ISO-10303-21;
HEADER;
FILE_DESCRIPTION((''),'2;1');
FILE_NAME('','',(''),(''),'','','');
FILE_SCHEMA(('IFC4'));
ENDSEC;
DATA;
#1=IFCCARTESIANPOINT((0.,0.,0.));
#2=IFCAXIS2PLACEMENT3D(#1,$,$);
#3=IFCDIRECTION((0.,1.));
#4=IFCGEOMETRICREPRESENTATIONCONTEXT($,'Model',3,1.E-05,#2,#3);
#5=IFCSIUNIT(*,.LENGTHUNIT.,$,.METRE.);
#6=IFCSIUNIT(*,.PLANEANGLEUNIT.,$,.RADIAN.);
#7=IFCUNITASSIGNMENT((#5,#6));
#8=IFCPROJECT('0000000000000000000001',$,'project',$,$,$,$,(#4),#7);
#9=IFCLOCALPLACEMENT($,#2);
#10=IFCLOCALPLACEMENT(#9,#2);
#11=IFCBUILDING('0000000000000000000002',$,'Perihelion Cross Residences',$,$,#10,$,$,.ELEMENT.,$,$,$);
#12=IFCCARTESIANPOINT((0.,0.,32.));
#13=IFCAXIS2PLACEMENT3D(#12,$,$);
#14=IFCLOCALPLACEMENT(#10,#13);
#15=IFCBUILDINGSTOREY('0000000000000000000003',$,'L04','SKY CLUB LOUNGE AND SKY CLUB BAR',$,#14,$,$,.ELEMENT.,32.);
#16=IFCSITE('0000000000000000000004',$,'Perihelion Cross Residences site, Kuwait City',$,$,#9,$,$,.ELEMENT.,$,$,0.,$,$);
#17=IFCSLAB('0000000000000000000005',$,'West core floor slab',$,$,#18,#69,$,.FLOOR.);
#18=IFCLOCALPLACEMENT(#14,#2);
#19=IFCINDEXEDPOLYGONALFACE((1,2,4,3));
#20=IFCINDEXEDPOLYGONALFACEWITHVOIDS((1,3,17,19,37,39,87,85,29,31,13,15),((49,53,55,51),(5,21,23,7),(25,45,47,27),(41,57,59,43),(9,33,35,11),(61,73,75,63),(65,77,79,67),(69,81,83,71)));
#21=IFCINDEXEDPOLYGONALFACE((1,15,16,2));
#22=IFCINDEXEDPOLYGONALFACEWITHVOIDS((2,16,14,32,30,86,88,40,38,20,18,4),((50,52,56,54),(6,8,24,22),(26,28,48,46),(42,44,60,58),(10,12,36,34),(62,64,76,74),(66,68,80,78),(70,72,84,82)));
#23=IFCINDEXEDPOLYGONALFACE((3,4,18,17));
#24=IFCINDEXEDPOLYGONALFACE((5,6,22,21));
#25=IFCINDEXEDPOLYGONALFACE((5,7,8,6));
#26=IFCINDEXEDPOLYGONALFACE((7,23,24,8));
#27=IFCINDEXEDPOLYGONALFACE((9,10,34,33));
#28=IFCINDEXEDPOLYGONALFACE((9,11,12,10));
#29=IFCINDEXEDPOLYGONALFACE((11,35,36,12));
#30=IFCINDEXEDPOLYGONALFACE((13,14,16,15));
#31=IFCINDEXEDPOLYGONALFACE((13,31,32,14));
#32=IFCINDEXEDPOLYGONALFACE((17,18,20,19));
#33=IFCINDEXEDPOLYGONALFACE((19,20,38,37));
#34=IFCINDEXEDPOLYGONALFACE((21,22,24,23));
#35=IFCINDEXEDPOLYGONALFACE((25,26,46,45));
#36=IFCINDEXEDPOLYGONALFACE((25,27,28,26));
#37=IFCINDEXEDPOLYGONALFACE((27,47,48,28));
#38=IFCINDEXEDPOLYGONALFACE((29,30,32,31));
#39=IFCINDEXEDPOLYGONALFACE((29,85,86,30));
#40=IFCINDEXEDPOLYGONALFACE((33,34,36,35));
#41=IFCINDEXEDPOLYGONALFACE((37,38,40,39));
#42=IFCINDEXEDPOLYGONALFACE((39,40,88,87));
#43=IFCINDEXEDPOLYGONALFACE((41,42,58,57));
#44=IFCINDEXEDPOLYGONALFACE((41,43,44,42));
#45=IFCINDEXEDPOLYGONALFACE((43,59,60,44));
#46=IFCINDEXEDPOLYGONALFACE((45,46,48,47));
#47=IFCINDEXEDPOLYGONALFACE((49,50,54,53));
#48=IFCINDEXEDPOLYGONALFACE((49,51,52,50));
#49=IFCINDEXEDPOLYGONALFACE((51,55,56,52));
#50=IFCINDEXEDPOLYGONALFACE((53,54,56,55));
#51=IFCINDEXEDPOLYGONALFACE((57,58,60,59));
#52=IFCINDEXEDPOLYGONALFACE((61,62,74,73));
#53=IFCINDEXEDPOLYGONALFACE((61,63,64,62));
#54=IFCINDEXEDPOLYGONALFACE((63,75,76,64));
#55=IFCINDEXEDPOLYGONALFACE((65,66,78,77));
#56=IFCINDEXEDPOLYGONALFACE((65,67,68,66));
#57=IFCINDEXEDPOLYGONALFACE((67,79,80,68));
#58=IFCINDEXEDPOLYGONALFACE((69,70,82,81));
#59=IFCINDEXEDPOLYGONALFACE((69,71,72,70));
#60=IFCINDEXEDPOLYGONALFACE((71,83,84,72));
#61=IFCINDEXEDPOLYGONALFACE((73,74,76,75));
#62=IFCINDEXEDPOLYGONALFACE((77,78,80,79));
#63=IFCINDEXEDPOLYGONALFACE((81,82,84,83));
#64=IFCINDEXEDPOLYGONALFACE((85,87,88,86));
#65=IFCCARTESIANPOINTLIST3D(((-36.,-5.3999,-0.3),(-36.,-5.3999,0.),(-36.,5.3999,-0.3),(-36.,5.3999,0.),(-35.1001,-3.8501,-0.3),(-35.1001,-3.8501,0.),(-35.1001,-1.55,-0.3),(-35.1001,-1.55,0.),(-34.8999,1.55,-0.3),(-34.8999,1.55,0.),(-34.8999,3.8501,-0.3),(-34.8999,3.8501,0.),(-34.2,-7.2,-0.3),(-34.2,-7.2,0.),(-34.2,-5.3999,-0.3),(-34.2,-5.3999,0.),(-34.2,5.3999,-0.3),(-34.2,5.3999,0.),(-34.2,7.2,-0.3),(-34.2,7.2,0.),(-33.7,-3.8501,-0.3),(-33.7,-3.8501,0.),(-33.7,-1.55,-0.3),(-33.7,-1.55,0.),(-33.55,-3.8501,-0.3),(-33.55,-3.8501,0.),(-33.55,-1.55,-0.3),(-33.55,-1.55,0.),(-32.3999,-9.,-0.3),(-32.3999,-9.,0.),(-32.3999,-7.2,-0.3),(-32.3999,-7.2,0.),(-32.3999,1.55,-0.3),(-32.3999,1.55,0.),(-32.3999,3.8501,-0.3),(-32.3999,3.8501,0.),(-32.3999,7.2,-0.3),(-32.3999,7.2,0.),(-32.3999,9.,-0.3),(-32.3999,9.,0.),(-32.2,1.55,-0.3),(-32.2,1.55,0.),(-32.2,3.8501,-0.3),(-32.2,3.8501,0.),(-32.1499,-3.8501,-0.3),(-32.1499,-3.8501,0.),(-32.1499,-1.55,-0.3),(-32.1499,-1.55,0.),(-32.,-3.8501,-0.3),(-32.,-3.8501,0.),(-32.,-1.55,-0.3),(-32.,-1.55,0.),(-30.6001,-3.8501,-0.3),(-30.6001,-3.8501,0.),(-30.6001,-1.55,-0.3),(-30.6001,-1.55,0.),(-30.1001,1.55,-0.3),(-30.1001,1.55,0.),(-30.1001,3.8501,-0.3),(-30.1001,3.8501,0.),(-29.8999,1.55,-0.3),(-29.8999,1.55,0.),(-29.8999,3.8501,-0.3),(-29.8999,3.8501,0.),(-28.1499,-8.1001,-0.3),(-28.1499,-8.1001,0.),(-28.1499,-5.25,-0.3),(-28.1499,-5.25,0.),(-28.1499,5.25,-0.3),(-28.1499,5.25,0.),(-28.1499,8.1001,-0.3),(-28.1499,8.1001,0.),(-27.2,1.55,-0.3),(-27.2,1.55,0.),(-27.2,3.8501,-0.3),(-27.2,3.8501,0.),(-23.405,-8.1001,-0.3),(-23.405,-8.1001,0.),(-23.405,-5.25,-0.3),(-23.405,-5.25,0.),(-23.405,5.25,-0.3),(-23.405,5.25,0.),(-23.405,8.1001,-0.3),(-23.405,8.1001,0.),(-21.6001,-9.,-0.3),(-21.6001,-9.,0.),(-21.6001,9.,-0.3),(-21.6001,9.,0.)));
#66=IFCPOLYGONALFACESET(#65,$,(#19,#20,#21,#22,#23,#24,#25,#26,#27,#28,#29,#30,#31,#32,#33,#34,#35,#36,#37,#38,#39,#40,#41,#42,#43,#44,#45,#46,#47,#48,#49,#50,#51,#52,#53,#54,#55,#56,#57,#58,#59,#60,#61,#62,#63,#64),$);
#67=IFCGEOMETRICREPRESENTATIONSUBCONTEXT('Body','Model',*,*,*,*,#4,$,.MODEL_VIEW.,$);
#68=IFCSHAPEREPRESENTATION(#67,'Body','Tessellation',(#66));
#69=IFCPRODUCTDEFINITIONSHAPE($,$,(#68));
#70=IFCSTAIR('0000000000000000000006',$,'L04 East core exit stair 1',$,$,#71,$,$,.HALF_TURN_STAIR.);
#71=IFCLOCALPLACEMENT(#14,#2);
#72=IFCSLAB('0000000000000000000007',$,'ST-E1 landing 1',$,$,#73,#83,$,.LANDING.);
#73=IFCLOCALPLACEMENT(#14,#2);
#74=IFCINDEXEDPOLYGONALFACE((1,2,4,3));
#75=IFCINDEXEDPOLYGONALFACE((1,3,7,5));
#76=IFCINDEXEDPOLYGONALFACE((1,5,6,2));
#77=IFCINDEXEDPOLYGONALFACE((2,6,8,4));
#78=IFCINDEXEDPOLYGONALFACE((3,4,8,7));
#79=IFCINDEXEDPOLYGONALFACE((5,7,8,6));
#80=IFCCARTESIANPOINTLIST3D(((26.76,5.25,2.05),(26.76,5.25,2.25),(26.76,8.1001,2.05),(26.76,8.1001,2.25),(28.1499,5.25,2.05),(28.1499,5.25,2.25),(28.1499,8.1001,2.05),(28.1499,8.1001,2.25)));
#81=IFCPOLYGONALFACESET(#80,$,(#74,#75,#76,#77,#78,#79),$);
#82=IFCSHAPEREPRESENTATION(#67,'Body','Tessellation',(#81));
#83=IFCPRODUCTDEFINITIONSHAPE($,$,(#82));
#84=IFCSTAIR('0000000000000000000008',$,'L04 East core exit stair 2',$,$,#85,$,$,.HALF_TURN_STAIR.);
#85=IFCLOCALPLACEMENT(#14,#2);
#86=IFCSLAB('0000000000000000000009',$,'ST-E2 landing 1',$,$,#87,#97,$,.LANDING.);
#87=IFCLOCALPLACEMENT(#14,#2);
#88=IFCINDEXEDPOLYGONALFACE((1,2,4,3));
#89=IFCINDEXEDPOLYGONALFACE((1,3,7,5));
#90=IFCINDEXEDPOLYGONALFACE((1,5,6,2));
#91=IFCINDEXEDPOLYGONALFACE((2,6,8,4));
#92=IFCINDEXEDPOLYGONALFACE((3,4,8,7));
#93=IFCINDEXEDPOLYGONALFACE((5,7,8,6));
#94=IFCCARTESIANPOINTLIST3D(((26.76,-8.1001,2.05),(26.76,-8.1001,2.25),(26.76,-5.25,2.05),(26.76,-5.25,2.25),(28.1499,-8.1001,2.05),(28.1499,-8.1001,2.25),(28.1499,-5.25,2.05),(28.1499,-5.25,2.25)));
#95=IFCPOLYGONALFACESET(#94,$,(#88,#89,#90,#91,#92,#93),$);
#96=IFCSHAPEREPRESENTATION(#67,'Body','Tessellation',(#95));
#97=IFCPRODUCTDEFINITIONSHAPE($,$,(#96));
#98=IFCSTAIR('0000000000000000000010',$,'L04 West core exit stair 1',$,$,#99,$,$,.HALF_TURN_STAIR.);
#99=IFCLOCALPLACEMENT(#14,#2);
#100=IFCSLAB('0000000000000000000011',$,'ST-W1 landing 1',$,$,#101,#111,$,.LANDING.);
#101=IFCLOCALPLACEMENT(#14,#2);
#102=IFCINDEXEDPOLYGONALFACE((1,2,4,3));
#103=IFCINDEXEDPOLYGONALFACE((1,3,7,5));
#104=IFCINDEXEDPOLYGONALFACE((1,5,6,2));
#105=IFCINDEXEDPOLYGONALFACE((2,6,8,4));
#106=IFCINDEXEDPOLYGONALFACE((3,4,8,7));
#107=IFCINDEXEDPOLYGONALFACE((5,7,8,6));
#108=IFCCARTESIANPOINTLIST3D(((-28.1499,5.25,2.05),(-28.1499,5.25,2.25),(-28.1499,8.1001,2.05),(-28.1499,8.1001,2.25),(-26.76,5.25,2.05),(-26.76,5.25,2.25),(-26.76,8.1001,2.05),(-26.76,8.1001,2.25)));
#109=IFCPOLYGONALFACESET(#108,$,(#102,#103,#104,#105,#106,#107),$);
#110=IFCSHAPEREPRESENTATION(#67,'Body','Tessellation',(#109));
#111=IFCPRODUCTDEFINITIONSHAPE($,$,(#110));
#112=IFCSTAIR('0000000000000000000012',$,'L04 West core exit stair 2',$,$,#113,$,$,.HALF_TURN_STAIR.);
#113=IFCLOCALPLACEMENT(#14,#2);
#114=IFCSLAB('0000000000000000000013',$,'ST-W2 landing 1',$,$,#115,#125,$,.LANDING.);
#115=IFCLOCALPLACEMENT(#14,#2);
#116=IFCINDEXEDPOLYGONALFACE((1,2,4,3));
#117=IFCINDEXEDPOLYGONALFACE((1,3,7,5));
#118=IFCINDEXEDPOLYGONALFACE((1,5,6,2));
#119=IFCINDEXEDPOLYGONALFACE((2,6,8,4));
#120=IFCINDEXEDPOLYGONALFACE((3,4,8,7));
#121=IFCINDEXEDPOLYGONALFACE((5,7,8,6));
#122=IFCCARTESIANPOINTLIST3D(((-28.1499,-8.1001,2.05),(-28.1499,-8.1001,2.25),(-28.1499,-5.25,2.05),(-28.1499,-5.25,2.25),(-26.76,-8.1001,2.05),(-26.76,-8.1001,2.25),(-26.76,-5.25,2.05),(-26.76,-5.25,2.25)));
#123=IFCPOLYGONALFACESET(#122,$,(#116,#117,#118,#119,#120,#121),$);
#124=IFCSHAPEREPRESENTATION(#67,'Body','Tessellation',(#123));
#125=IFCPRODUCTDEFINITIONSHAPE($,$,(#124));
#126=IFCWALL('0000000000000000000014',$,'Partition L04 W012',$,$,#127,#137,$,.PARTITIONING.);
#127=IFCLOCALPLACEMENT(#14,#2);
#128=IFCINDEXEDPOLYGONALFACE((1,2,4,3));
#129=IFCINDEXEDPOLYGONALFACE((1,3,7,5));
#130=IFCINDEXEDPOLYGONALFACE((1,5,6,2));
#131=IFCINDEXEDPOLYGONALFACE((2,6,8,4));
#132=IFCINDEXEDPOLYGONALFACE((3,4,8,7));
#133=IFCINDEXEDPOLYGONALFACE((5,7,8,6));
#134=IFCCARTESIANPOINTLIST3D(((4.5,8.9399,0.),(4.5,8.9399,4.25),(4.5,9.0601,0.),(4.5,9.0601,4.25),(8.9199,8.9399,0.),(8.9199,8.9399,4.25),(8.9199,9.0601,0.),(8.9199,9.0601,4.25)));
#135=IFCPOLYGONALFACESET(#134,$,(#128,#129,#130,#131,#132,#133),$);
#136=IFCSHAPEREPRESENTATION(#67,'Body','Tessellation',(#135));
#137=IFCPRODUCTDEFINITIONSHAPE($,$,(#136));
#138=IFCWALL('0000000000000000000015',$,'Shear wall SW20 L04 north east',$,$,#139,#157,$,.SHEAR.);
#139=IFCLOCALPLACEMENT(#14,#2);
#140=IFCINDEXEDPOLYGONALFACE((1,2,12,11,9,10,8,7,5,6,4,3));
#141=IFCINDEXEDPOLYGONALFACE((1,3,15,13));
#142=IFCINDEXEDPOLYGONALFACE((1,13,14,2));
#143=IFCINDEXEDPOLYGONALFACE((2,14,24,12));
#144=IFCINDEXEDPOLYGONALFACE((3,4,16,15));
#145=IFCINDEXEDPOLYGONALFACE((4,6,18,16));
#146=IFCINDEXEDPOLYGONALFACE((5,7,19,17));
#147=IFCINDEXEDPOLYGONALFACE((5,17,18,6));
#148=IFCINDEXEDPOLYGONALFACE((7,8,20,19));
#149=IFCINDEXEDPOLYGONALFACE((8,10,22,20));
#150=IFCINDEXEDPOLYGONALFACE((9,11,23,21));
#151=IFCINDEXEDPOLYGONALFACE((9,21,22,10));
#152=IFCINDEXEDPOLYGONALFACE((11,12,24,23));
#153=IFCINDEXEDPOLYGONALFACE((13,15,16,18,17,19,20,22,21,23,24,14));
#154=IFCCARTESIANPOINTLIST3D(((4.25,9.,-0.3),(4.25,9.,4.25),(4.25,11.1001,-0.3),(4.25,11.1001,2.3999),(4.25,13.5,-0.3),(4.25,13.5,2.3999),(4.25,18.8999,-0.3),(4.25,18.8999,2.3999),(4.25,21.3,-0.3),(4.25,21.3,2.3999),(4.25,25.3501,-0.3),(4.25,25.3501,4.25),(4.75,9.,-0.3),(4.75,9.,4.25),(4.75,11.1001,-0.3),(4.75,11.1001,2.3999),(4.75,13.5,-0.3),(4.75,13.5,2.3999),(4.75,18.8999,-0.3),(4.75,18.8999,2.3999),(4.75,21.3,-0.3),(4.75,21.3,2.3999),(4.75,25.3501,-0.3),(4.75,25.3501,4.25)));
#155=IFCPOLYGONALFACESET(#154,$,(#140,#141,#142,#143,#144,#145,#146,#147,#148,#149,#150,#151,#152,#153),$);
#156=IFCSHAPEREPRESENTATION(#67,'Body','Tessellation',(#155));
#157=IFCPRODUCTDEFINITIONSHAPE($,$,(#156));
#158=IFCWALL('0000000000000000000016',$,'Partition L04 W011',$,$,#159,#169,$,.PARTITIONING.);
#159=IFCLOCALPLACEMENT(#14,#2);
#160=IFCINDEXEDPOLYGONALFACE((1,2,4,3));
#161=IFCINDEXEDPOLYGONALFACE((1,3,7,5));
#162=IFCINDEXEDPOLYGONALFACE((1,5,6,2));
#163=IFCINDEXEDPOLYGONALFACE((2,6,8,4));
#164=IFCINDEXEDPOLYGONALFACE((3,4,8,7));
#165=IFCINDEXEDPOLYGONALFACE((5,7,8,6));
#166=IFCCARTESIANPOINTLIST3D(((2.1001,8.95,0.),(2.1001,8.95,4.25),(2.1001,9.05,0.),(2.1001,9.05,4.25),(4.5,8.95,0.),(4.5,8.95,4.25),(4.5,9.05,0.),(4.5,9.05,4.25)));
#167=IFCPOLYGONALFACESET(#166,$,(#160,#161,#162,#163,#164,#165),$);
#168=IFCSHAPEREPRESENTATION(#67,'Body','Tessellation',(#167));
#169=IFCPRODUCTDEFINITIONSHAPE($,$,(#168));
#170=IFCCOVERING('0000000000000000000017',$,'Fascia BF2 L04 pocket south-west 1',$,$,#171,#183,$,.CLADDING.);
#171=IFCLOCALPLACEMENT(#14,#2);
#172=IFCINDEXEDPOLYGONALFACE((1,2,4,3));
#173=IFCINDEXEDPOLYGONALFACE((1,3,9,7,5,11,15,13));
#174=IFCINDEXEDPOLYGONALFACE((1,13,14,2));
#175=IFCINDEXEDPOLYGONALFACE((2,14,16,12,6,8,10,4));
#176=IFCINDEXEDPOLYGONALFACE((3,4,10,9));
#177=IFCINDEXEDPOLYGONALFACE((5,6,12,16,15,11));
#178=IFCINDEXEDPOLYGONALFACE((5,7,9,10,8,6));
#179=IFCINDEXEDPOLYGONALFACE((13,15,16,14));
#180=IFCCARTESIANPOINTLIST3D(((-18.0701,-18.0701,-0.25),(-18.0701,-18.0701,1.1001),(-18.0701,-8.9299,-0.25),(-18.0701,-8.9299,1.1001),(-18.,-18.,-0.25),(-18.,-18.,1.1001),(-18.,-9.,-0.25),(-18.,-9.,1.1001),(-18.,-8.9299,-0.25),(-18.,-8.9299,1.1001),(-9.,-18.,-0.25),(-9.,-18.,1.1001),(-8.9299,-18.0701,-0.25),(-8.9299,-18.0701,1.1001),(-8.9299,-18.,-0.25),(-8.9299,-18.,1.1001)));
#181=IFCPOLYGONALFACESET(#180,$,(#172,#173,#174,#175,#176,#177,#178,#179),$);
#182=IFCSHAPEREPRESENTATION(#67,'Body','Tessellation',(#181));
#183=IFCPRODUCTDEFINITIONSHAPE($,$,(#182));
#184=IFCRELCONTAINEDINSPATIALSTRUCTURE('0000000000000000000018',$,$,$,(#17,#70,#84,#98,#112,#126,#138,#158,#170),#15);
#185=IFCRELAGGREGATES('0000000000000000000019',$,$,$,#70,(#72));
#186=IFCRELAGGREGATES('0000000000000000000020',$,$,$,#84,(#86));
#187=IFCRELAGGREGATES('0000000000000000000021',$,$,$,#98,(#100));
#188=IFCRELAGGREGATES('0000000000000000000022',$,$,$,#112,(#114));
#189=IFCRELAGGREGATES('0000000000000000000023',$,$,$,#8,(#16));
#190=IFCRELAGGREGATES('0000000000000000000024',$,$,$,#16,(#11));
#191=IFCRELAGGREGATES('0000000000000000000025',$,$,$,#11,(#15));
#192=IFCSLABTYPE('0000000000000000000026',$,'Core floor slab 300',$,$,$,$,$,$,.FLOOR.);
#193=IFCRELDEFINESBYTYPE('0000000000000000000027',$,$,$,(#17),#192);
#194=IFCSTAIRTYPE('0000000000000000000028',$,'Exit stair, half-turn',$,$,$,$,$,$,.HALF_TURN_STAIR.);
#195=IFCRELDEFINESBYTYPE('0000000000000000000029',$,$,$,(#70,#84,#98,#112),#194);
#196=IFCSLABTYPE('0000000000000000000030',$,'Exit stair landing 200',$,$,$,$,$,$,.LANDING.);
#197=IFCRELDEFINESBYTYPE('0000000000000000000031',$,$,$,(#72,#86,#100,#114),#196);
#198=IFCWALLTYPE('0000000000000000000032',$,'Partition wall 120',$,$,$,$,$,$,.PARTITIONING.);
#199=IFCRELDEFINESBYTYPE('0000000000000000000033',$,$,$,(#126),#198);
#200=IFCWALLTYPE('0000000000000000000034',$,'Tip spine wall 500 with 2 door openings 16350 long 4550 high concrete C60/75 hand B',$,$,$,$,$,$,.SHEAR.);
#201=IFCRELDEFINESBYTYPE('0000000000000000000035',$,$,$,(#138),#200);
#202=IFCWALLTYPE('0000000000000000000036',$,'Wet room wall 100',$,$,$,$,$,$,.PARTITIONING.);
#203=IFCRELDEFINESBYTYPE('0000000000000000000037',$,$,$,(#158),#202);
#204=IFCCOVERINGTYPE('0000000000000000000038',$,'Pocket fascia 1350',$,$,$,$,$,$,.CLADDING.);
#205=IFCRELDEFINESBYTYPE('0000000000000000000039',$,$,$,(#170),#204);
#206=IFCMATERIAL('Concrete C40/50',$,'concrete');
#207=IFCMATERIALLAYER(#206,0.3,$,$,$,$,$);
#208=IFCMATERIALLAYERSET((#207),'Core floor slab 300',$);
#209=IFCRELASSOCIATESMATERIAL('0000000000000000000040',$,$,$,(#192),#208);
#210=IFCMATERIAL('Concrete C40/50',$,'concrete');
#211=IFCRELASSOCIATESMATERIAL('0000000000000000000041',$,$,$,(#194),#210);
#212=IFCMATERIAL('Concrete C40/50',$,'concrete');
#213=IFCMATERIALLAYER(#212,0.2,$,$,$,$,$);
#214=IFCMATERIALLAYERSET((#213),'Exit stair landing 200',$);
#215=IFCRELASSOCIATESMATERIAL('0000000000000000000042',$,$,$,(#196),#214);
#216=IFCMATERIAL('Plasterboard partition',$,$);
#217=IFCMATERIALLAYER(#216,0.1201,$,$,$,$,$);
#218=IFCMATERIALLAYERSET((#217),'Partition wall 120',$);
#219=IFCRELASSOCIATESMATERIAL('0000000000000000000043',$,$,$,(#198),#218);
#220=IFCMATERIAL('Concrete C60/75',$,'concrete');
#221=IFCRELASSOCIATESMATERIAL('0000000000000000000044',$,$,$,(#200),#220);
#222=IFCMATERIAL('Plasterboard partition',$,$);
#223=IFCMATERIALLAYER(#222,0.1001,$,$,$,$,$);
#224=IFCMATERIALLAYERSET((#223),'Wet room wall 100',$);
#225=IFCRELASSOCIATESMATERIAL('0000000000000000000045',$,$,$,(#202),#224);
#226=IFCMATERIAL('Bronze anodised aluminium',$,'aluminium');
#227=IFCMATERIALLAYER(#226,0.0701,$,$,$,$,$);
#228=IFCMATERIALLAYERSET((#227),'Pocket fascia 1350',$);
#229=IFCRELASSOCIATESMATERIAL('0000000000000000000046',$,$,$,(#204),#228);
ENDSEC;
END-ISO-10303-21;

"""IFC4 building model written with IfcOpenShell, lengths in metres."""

from ifc_helpers import new_model, si_unit, direction, frame, frame_2d, origin, place, context, subcontext, project, spatial, polyline, rectangle, outline, extrude, material, layer, layer_set, material_profile, profile_set, type_object, element, aggregate, save


model = new_model("IFC4")

# Units and contexts
model_context = context("Model", 3, precision=1e-05, world=origin(), true_north=direction((0.0, 1.0)))
body_context = subcontext(model_context, "Body", "Model", "MODEL_VIEW")
ifc_project = project(units=[si_unit("LENGTHUNIT", "METRE"), si_unit("PLANEANGLEUNIT", "RADIAN")], contexts=[model_context])

# Site, building, storey
site_placement = place(None, origin())
site = spatial("IfcSite", under=ifc_project, at=site_placement, Name="Perihelion Cross Residences site, Kuwait City", CompositionType="ELEMENT", RefElevation=0.0)
building_placement = place(site_placement, origin())
building = spatial("IfcBuilding", under=site, at=building_placement, Name="Perihelion Cross Residences", CompositionType="ELEMENT")
storey_placement = place(building_placement, frame((0.0, 0.0, 32.0)))
storey = spatial("IfcBuildingStorey", under=building, at=storey_placement, Name="L04", Description="SKY CLUB LOUNGE AND SKY CLUB BAR", CompositionType="ELEMENT", Elevation=32.0)

# Slab
ifc_material_1 = material(Name="Concrete C40/50", Category="concrete")
ifc_layer_1 = layer(ifc_material_1, 0.3)
ifc_layer_set_1 = layer_set([ifc_layer_1], Name="Core floor slab 300")
slab_type_1 = type_object("IfcSlabType", Name="Core floor slab 300", PredefinedType="FLOOR", material=ifc_layer_set_1)
slab_1_placement = place(storey_placement, frame((0.0, 0.0, -0.3)))
element("IfcSlab", 1, at=slab_1_placement, inside=storey, type_object=slab_type_1, Name="West core floor slab", PredefinedType="FLOOR", context=body_context, shape_type="SweptSolid", body=[
    extrude(outline(polyline([(-32.3999, 7.2), (-34.2, 7.2), (-34.2, 5.3999), (-36.0, 5.3999), (-36.0, -5.3999), (-34.2, -5.3999), (-34.2, -7.2), (-32.3999, -7.2), (-32.3999, -9.0), (-21.6001, -9.0), (-21.6001, 9.0), (-32.3999, 9.0), (-32.3999, 7.2)]), holes=[polyline([(-23.405, -8.1001), (-28.1499, -8.1001), (-28.1499, -5.25), (-23.405, -5.25), (-23.405, -8.1001)]), polyline([(-30.6001, -1.55), (-30.6001, -3.8501), (-32.0, -3.8501), (-32.0, -1.55), (-30.6001, -1.55)]), polyline([(-32.1499, -1.55), (-32.1499, -3.8501), (-33.55, -3.8501), (-33.55, -1.55), (-32.1499, -1.55)]), polyline([(-33.7, -1.55), (-33.7, -3.8501), (-35.1001, -3.8501), (-35.1001, -1.55), (-33.7, -1.55)]), polyline([(-27.2, 3.8501), (-27.2, 1.55), (-29.8999, 1.55), (-29.8999, 3.8501), (-27.2, 3.8501)]), polyline([(-30.1001, 3.8501), (-30.1001, 1.55), (-32.2, 1.55), (-32.2, 3.8501), (-30.1001, 3.8501)]), polyline([(-32.3999, 3.8501), (-32.3999, 1.55), (-34.8999, 1.55), (-34.8999, 3.8501), (-32.3999, 3.8501)]), polyline([(-23.405, 5.25), (-28.1499, 5.25), (-28.1499, 8.1001), (-23.405, 8.1001), (-23.405, 5.25)])]), origin(), (0.0, 0.0, 1.0), 0.3),
])

# Stairs, slabs
ifc_material_2 = material(Name="Concrete C40/50", Category="concrete")
stair_type = type_object("IfcStairType", Name="Exit stair, half-turn", PredefinedType="HALF_TURN_STAIR", material=ifc_material_2)
stair_1_placement = place(storey_placement, origin())
stair_1 = element("IfcStair", 2, at=stair_1_placement, inside=storey, type_object=stair_type, Name="L04 East core exit stair 1", PredefinedType="HALF_TURN_STAIR")
ifc_material_3 = material(Name="Concrete C40/50", Category="concrete")
ifc_layer_2 = layer(ifc_material_3, 0.2)
ifc_layer_set_2 = layer_set([ifc_layer_2], Name="Exit stair landing 200")
slab_type_2 = type_object("IfcSlabType", Name="Exit stair landing 200", PredefinedType="LANDING", material=ifc_layer_set_2)
slab_2_placement = place(storey_placement, frame((0.0, 0.0, 2.05)))
slab_2 = element("IfcSlab", 3, at=slab_2_placement, type_object=slab_type_2, Name="ST-E1 landing 1", PredefinedType="LANDING", context=body_context, shape_type="SweptSolid", body=[
    extrude(outline(polyline([(26.76, 5.25), (28.1499, 5.25), (28.1499, 8.1001), (26.76, 8.1001), (26.76, 5.25)])), origin(), (0.0, 0.0, 1.0), 0.2),
])
aggregate(stair_1, [slab_2])
stair_2_placement = place(storey_placement, origin())
stair_2 = element("IfcStair", 4, at=stair_2_placement, inside=storey, type_object=stair_type, Name="L04 East core exit stair 2", PredefinedType="HALF_TURN_STAIR")
slab_3_placement = place(storey_placement, frame((0.0, 0.0, 2.05)))
slab_3 = element("IfcSlab", 5, at=slab_3_placement, type_object=slab_type_2, Name="ST-E2 landing 1", PredefinedType="LANDING", context=body_context, shape_type="SweptSolid", body=[
    extrude(outline(polyline([(26.76, -8.1001), (28.1499, -8.1001), (28.1499, -5.25), (26.76, -5.25), (26.76, -8.1001)])), origin(), (0.0, 0.0, 1.0), 0.2),
])
aggregate(stair_2, [slab_3])
stair_3_placement = place(storey_placement, origin())
stair_3 = element("IfcStair", 6, at=stair_3_placement, inside=storey, type_object=stair_type, Name="L04 West core exit stair 1", PredefinedType="HALF_TURN_STAIR")
slab_4_placement = place(storey_placement, frame((0.0, 0.0, 2.05)))
slab_4 = element("IfcSlab", 7, at=slab_4_placement, type_object=slab_type_2, Name="ST-W1 landing 1", PredefinedType="LANDING", context=body_context, shape_type="SweptSolid", body=[
    extrude(outline(polyline([(-26.76, 8.1001), (-28.1499, 8.1001), (-28.1499, 5.25), (-26.76, 5.25), (-26.76, 8.1001)])), origin(), (0.0, 0.0, 1.0), 0.2),
])
aggregate(stair_3, [slab_4])
stair_4_placement = place(storey_placement, origin())
stair_4 = element("IfcStair", 8, at=stair_4_placement, inside=storey, type_object=stair_type, Name="L04 West core exit stair 2", PredefinedType="HALF_TURN_STAIR")
slab_5_placement = place(storey_placement, frame((0.0, 0.0, 2.05)))
slab_5 = element("IfcSlab", 9, at=slab_5_placement, type_object=slab_type_2, Name="ST-W2 landing 1", PredefinedType="LANDING", context=body_context, shape_type="SweptSolid", body=[
    extrude(outline(polyline([(-26.76, -5.25), (-28.1499, -5.25), (-28.1499, -8.1001), (-26.76, -8.1001), (-26.76, -5.25)])), origin(), (0.0, 0.0, 1.0), 0.2),
])
aggregate(stair_4, [slab_5])

# Walls
ifc_material_4 = material(Name="Plasterboard partition")
ifc_layer_3 = layer(ifc_material_4, 0.1201)
ifc_layer_set_3 = layer_set([ifc_layer_3], Name="Partition wall 120")
wall_type_1 = type_object("IfcWallType", Name="Partition wall 120", PredefinedType="PARTITIONING", material=ifc_layer_set_3)
wall_1_placement = place(storey_placement, frame((4.5, 9.0, 0.0), z_axis=(0.0, 0.0, 1.0), x_axis=(1.0, 0.0, 0.0)))
element("IfcWall", 10, at=wall_1_placement, inside=storey, type_object=wall_type_1, Name="Partition L04 W012", PredefinedType="PARTITIONING", context=body_context, shape_type="SweptSolid", body=[
    extrude(rectangle(XDim=4.4199, YDim=0.1201, at=frame_2d((2.21, 0.0))), origin(), (0.0, 0.0, 1.0), 4.25),
])
ifc_material_5 = material(Name="Concrete C60/75", Category="concrete")
ifc_material_profile_1 = material_profile(ifc_material_5, outline(polyline([(0.0, 0.0), (2.1001, 0.0), (2.1001, 2.7), (4.5, 2.7), (4.5, 0.0), (9.8999, 0.0), (9.8999, 2.7), (12.3, 2.7), (12.3, 0.0), (16.3501, 0.0), (16.3501, 4.55), (0.0, 4.55), (0.0, 0.0)])), Name="Tip spine wall")
ifc_profile_set_1 = profile_set([ifc_material_profile_1], Name="Concrete C60/75")
wall_type_2 = type_object("IfcWallType", Name="Tip spine wall 500 with 2 door openings 16350 long 4550 high concrete C60/75 hand B", PredefinedType="SHEAR", material=ifc_profile_set_1)
wall_2_placement = place(storey_placement, frame((4.25, 9.0, -0.3), z_axis=(1.0, 0.0, 0.0), x_axis=(0.0, 1.0, 0.0)))
element("IfcWall", 11, at=wall_2_placement, inside=storey, type_object=wall_type_2, Name="Shear wall SW20 L04 north east", PredefinedType="SHEAR", context=body_context, shape_type="SweptSolid", body=[
    extrude(outline(polyline([(0.0, 0.0), (2.1001, 0.0), (2.1001, 2.7), (4.5, 2.7), (4.5, 0.0), (9.8999, 0.0), (9.8999, 2.7), (12.3, 2.7), (12.3, 0.0), (16.3501, 0.0), (16.3501, 4.55), (0.0, 4.55), (0.0, 0.0)])), origin(), (0.0, 0.0, 1.0), 0.5),
])
ifc_material_6 = material(Name="Plasterboard partition")
ifc_layer_4 = layer(ifc_material_6, 0.1001)
ifc_layer_set_4 = layer_set([ifc_layer_4], Name="Wet room wall 100")
wall_type_3 = type_object("IfcWallType", Name="Wet room wall 100", PredefinedType="PARTITIONING", material=ifc_layer_set_4)
wall_3_placement = place(storey_placement, frame((2.1001, 9.0, 0.0), z_axis=(0.0, 0.0, 1.0), x_axis=(1.0, 0.0, 0.0)))
element("IfcWall", 12, at=wall_3_placement, inside=storey, type_object=wall_type_3, Name="Partition L04 W011", PredefinedType="PARTITIONING", context=body_context, shape_type="SweptSolid", body=[
    extrude(rectangle(XDim=2.3999, YDim=0.1001, at=frame_2d((1.2, 0.0))), origin(), (0.0, 0.0, 1.0), 4.25),
])

# Covering
ifc_material_7 = material(Name="Bronze anodised aluminium", Category="aluminium")
ifc_layer_5 = layer(ifc_material_7, 0.0701)
ifc_layer_set_5 = layer_set([ifc_layer_5], Name="Pocket fascia 1350")
covering_type_1 = type_object("IfcCoveringType", Name="Pocket fascia 1350", PredefinedType="CLADDING", material=ifc_layer_set_5)
covering_1_placement = place(storey_placement, frame((0.0, 0.0, -0.25)))
element("IfcCovering", 13, at=covering_1_placement, inside=storey, type_object=covering_type_1, Name="Fascia BF2 L04 pocket south-west 1", PredefinedType="CLADDING", context=body_context, shape_type="SweptSolid", body=[
    extrude(outline(polyline([(-18.0701, -18.0701), (-8.9299, -18.0701), (-8.9299, -18.0), (-9.0, -18.0), (-9.0, -18.0), (-18.0, -18.0), (-18.0, -9.0), (-18.0, -9.0), (-18.0, -8.9299), (-18.0701, -8.9299), (-18.0701, -18.0701)])), origin(), (0.0, 0.0, 1.0), 1.3501),
])

save(model, "model.ifc")
